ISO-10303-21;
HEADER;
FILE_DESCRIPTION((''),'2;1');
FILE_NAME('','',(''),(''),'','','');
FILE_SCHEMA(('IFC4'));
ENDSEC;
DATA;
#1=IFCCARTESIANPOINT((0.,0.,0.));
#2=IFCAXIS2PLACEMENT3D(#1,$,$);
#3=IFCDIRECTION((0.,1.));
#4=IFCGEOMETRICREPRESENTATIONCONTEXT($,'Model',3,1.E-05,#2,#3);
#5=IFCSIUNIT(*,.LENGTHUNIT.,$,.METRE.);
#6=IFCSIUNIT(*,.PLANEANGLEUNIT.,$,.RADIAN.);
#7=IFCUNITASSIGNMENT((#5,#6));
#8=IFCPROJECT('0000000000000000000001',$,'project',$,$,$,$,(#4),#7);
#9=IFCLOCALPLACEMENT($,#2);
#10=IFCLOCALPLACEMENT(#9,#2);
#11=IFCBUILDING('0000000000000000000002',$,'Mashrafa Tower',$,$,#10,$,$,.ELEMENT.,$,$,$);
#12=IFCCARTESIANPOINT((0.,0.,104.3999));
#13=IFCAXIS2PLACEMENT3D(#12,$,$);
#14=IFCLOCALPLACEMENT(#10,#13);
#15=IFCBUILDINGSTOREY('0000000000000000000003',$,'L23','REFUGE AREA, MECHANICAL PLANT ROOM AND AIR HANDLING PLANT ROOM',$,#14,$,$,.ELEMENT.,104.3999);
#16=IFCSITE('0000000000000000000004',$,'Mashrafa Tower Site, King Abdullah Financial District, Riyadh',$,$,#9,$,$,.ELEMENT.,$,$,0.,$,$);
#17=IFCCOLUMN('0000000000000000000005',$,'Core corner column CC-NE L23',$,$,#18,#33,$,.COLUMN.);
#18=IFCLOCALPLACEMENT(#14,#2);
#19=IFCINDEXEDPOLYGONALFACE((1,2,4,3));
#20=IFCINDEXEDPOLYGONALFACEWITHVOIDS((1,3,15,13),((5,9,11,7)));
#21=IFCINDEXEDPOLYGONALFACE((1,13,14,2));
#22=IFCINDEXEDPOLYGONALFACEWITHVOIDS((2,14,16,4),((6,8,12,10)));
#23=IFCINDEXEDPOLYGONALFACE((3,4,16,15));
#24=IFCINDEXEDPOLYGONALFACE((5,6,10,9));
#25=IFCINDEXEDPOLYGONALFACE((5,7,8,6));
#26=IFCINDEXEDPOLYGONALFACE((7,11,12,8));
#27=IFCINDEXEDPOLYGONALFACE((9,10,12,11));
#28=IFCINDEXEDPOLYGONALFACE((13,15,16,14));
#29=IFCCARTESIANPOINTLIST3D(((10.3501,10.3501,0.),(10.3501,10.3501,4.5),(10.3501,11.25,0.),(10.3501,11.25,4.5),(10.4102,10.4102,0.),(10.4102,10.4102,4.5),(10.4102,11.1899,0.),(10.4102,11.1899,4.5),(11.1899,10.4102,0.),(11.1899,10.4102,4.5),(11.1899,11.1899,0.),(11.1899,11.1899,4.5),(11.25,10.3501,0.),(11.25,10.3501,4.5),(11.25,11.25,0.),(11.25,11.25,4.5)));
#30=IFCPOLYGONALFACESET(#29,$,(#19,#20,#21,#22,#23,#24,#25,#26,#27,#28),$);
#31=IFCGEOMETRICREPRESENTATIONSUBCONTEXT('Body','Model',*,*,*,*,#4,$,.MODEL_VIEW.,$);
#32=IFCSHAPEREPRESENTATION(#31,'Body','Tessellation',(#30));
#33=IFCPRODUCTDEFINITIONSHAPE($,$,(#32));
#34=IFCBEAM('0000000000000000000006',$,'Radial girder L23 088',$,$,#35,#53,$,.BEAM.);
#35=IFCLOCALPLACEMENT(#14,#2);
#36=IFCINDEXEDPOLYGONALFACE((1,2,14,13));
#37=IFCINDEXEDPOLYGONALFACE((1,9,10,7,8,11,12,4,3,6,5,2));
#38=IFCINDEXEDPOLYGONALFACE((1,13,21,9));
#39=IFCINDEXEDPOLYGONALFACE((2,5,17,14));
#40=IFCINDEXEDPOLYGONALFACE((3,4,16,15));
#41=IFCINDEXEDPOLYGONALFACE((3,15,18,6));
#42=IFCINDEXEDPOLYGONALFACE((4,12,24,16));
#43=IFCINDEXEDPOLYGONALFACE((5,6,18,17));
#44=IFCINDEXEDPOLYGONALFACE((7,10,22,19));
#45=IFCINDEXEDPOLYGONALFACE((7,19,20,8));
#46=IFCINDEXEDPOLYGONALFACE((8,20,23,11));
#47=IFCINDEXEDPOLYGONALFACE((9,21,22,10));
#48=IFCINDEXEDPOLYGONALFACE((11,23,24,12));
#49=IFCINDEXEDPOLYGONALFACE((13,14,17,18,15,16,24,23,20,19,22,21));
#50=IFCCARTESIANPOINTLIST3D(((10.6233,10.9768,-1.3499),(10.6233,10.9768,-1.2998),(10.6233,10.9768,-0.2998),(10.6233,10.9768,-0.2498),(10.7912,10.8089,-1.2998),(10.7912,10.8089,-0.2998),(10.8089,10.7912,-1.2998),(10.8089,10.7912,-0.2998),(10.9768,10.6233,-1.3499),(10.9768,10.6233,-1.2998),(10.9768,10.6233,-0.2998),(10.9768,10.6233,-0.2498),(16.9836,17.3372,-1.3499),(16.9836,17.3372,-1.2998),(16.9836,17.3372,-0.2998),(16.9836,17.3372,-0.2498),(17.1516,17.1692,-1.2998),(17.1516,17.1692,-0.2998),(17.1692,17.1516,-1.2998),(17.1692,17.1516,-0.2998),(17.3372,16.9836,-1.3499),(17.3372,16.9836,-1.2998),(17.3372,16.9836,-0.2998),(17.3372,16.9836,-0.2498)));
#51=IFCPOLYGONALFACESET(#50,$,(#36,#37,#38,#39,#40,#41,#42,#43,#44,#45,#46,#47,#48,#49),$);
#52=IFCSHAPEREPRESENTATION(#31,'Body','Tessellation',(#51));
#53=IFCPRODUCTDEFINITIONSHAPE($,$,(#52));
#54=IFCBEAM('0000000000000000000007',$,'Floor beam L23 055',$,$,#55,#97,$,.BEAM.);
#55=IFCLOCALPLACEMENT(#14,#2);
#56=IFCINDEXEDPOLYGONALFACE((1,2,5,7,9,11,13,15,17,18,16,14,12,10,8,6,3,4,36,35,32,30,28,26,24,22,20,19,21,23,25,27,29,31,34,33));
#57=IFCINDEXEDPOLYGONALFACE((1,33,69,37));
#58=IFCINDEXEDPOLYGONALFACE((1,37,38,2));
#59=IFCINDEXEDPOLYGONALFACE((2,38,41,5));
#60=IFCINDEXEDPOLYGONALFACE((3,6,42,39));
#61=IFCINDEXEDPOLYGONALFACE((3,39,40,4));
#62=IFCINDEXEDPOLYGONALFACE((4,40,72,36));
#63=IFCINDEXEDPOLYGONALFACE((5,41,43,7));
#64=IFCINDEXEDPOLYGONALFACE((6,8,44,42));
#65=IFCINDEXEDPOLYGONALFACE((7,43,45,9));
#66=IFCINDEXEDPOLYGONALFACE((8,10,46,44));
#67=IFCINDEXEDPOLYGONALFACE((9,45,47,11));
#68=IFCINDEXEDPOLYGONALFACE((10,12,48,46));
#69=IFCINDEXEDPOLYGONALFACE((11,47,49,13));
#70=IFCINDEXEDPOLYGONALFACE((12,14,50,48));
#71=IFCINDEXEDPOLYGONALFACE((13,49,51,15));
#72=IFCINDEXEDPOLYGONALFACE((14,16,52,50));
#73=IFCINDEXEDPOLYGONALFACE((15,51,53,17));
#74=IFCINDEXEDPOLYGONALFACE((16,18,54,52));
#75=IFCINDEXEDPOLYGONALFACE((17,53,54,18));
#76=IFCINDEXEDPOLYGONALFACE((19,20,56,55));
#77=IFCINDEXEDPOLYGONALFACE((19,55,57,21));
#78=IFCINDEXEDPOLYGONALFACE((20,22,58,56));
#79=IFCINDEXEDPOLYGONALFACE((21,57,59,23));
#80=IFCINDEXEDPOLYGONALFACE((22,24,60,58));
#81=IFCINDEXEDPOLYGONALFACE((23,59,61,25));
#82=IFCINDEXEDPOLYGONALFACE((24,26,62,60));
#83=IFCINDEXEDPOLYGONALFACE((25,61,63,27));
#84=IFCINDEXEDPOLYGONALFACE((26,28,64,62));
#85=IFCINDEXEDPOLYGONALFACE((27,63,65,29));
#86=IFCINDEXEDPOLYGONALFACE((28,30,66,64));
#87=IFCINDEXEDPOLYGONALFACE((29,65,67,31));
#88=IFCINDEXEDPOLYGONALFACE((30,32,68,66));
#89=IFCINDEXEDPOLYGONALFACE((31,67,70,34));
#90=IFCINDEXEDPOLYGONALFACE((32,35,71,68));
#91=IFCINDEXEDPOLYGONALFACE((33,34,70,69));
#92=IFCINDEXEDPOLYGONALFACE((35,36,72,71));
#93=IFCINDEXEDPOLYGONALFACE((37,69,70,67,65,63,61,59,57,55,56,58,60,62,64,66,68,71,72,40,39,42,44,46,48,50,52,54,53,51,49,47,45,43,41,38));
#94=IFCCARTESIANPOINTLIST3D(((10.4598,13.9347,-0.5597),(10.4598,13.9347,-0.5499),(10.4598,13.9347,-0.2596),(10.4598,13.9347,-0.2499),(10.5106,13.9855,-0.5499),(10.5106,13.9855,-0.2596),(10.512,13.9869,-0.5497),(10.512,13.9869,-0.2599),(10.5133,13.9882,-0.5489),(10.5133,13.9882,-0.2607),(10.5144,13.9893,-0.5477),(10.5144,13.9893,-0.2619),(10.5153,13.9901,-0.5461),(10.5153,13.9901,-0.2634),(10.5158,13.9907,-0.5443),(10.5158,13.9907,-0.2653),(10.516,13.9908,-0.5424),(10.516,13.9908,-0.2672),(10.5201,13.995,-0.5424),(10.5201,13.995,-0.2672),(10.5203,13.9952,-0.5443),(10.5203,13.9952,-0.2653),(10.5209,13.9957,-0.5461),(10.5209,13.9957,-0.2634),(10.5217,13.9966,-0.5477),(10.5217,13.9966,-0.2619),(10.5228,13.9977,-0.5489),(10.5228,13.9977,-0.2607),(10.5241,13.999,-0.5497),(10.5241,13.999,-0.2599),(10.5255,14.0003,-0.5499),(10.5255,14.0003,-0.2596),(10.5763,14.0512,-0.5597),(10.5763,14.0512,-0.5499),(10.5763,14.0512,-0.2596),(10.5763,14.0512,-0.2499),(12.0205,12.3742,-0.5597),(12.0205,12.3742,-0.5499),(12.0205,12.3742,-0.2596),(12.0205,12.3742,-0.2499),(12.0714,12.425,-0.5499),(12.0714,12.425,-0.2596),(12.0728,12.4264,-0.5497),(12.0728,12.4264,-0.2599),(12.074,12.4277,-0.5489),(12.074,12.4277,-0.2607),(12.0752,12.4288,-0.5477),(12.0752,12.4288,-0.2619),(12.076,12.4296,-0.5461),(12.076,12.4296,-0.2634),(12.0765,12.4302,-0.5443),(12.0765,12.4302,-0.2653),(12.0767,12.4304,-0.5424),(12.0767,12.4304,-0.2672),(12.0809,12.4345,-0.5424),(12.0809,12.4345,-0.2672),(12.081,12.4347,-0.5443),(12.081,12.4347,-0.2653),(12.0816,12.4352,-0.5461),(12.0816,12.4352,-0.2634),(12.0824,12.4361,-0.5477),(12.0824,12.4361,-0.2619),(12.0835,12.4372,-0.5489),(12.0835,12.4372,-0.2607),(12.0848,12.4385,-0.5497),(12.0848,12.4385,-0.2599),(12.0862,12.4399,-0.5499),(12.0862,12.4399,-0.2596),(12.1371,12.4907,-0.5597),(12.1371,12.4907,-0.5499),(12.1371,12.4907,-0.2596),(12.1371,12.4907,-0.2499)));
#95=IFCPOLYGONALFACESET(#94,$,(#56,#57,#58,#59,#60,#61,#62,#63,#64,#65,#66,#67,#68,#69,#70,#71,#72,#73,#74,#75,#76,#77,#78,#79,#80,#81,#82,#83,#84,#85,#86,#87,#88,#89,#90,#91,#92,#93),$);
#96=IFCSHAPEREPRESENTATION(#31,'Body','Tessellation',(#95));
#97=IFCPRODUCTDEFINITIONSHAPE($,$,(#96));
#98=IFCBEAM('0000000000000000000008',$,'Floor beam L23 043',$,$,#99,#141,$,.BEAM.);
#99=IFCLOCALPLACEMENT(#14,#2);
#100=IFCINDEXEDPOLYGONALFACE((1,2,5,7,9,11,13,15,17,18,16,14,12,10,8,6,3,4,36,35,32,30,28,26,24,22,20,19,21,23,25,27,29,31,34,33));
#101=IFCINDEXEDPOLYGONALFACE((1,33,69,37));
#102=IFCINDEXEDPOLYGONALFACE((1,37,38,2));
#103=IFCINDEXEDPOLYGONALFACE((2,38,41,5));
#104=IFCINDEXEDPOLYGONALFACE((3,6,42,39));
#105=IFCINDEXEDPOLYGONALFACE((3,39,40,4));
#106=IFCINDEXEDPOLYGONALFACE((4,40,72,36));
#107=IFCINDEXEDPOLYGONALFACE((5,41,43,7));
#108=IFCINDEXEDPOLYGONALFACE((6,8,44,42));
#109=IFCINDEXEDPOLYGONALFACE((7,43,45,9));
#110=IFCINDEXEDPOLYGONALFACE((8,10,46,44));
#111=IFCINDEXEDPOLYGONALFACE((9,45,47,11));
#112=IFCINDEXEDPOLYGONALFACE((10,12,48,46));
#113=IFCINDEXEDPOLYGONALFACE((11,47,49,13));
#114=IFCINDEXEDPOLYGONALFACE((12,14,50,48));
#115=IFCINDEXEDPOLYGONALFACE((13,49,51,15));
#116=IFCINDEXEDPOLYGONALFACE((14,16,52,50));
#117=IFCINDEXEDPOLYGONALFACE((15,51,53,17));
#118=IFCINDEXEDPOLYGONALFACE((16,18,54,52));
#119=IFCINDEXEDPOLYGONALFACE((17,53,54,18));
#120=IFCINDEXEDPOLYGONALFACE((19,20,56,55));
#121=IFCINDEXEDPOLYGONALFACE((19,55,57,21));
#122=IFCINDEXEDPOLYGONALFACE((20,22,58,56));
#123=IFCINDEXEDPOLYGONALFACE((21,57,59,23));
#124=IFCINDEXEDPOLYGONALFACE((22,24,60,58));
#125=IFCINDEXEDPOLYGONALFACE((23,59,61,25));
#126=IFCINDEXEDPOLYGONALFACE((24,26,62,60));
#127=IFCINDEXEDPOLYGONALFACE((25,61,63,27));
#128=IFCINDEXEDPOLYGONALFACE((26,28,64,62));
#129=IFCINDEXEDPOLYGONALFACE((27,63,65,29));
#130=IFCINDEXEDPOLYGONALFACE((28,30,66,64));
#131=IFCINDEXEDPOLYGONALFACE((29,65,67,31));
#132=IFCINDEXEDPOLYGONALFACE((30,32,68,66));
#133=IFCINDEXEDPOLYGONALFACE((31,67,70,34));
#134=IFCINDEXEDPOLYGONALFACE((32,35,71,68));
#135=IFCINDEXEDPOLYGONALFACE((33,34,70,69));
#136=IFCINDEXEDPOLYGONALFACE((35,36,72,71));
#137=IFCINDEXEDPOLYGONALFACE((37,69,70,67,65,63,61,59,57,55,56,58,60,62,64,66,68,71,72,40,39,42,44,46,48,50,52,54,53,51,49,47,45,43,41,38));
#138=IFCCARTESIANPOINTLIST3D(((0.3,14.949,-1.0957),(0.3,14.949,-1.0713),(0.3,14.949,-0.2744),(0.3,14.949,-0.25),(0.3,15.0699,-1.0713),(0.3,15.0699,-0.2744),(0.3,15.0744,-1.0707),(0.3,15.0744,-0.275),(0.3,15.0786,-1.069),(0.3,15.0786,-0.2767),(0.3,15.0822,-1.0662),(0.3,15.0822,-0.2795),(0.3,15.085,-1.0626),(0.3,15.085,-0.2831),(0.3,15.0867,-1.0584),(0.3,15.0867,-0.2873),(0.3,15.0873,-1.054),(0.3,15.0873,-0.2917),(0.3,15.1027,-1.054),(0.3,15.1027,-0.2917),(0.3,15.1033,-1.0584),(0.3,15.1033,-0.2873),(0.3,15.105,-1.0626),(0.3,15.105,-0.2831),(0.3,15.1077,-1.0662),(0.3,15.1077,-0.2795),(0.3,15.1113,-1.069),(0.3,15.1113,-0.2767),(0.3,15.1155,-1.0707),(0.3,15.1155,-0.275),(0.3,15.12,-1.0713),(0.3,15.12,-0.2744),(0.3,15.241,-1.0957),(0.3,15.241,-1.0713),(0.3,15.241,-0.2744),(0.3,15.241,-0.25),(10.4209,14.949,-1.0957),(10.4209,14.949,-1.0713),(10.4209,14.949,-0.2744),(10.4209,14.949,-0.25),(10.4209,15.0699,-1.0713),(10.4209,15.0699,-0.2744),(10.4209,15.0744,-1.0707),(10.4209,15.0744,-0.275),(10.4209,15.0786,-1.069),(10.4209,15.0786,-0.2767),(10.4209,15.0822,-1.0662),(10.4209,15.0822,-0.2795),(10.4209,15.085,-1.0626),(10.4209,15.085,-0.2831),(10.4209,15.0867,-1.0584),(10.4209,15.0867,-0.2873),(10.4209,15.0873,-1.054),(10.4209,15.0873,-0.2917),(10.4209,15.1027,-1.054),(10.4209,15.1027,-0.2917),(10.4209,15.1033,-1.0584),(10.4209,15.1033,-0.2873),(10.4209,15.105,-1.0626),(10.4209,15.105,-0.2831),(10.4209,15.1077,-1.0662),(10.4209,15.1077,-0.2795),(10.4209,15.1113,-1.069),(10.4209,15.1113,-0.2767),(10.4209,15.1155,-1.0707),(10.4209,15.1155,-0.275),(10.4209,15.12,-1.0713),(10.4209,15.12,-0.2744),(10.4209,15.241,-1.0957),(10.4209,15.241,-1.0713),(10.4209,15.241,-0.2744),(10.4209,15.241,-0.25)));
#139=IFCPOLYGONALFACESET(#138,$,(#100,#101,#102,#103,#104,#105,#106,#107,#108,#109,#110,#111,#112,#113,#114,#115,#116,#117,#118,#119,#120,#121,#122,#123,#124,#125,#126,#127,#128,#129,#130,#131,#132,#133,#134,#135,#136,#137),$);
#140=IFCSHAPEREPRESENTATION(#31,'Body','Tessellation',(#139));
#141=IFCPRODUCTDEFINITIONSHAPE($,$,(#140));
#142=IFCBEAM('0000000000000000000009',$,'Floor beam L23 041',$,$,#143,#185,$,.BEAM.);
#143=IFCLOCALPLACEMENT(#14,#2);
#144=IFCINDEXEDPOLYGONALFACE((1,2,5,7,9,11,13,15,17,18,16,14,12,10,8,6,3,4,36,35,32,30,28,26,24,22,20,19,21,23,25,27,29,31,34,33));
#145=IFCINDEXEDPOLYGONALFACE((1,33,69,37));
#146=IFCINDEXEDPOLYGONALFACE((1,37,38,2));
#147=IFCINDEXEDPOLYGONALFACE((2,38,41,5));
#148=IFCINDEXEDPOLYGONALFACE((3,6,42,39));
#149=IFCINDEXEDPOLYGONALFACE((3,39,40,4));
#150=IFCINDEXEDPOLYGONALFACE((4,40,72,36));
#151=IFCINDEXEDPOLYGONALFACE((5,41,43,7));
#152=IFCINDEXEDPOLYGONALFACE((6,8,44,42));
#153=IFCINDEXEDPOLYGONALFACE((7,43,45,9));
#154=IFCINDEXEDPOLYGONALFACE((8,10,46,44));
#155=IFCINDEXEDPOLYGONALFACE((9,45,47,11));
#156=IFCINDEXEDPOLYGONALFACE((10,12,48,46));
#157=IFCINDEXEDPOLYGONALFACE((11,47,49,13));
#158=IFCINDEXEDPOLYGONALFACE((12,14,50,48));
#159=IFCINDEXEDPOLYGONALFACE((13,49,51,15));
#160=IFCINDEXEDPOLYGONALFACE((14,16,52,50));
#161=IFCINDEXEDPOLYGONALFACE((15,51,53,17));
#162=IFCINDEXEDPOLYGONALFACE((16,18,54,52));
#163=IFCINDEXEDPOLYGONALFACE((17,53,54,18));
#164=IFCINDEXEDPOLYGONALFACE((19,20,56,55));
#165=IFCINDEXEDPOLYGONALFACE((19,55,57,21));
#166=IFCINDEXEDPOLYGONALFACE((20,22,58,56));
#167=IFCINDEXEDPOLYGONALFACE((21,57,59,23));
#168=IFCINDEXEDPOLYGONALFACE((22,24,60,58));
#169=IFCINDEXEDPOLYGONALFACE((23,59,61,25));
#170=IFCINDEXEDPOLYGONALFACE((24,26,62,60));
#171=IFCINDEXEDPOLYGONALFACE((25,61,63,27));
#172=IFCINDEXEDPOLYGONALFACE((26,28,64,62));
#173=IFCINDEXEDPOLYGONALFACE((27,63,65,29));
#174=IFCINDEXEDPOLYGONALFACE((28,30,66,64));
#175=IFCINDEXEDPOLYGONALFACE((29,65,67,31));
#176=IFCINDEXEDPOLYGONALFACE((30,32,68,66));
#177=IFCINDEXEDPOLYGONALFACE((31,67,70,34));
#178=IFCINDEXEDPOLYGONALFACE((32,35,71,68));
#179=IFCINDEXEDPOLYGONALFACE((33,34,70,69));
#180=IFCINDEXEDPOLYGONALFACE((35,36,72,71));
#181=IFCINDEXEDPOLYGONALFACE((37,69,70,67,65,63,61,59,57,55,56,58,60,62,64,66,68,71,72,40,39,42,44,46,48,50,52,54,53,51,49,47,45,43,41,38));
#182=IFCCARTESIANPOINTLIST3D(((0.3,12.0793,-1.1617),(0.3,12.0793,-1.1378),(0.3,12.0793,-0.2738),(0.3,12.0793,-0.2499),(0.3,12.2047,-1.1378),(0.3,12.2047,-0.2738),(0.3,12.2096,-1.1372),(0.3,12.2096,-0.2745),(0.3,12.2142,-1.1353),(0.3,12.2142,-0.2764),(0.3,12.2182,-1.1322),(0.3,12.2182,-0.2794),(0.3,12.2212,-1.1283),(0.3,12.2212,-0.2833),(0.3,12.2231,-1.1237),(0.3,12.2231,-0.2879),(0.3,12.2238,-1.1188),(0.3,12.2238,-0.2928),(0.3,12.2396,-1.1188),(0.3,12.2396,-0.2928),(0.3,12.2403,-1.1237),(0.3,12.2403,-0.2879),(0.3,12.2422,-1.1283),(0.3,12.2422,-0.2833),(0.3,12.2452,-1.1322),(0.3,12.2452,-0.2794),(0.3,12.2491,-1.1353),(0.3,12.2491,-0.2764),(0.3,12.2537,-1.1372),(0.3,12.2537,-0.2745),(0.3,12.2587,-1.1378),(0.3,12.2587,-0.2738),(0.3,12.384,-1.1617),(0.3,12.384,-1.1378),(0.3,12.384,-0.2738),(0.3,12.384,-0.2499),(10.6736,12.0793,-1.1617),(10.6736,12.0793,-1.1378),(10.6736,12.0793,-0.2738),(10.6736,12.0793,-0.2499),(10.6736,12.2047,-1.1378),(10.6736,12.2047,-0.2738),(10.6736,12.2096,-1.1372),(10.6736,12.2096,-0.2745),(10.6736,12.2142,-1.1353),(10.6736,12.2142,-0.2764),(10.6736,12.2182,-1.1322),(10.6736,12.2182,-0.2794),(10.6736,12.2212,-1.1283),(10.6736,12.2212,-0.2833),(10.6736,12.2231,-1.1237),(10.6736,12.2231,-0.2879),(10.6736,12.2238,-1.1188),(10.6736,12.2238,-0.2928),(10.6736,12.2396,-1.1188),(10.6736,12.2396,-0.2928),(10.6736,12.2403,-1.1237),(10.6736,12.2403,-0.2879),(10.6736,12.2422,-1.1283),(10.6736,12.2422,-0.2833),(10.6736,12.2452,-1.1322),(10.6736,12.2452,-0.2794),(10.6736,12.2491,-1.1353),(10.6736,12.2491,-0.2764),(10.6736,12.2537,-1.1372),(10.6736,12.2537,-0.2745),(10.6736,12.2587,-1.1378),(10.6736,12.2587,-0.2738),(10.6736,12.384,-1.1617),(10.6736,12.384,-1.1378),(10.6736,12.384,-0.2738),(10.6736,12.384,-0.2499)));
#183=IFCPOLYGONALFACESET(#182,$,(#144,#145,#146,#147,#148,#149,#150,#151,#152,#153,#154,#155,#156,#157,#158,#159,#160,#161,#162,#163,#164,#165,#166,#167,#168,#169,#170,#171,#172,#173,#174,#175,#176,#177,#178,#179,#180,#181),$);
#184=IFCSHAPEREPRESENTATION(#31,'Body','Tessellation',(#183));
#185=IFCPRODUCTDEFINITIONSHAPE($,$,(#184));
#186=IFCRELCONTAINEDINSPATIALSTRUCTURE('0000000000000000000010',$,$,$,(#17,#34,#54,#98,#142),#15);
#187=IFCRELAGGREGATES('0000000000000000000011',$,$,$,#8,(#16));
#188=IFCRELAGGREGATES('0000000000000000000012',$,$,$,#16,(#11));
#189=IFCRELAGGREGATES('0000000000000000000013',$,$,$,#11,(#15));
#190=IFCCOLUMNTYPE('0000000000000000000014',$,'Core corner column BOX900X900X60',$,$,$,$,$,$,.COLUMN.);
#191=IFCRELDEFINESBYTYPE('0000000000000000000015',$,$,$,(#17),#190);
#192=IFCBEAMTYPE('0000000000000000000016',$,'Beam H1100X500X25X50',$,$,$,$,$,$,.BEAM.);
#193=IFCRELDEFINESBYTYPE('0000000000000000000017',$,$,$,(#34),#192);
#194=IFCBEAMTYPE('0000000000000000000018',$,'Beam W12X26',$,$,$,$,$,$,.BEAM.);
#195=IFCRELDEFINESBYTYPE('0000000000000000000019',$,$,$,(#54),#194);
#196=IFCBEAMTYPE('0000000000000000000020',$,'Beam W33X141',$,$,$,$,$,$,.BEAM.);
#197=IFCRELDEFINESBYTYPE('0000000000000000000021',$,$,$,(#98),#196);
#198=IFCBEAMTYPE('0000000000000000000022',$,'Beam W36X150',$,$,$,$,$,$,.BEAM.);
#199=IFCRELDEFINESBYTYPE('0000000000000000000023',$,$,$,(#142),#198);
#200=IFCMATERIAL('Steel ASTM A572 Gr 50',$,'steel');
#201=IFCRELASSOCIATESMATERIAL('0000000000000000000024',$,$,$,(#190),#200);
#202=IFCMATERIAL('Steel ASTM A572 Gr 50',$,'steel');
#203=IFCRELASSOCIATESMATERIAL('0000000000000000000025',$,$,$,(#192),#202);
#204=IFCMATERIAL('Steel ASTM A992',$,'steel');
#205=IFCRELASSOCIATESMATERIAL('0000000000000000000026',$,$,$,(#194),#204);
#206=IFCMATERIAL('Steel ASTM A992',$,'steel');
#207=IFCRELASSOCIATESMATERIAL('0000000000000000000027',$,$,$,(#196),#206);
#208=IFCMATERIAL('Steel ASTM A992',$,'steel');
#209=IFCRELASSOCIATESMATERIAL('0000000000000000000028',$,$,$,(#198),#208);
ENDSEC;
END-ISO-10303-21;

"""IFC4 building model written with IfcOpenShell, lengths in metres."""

from ifc_helpers import new_model, si_unit, direction, frame, origin, origin_2d, place, context, subcontext, project, spatial, hollow_rectangle, i_section, extrude, material, material_profile, profile_set, type_object, element, save


model = new_model("IFC4")

# Units and contexts
model_context = context("Model", 3, precision=1e-05, world=origin(), true_north=direction((0.0, 1.0)))
body_context = subcontext(model_context, "Body", "Model", "MODEL_VIEW")
ifc_project = project(units=[si_unit("LENGTHUNIT", "METRE"), si_unit("PLANEANGLEUNIT", "RADIAN")], contexts=[model_context])

# Site, building, storey
site_placement = place(None, origin())
site = spatial("IfcSite", under=ifc_project, at=site_placement, Name="Mashrafa Tower Site, King Abdullah Financial District, Riyadh", CompositionType="ELEMENT", RefElevation=0.0)
building_placement = place(site_placement, origin())
building = spatial("IfcBuilding", under=site, at=building_placement, Name="Mashrafa Tower", CompositionType="ELEMENT")
storey_placement = place(building_placement, frame((0.0, 0.0, 104.3999)))
storey = spatial("IfcBuildingStorey", under=building, at=storey_placement, Name="L23", Description="REFUGE AREA, MECHANICAL PLANT ROOM AND AIR HANDLING PLANT ROOM", CompositionType="ELEMENT", Elevation=104.3999)

# Column
ifc_material_1 = material(Name="Steel ASTM A572 Gr 50", Category="steel")
ifc_material_profile_1 = material_profile(ifc_material_1, hollow_rectangle(XDim=0.8999, YDim=0.8999, WallThickness=0.0601, at=origin_2d()), Name="BOX900X900X60")
ifc_profile_set_1 = profile_set([ifc_material_profile_1], Name="Steel ASTM A572 Gr 50")
column_type = type_object("IfcColumnType", Name="Core corner column BOX900X900X60", PredefinedType="COLUMN", material=ifc_profile_set_1)
column_placement = place(storey_placement, frame((10.8, 10.8, 0.0), z_axis=(0.0, 0.0, 1.0), x_axis=(1.0, 0.0, 0.0)))
element("IfcColumn", 1, at=column_placement, inside=storey, type_object=column_type, Name="Core corner column CC-NE L23", PredefinedType="COLUMN", context=body_context, shape_type="SweptSolid", body=[
    extrude(hollow_rectangle(XDim=0.8999, YDim=0.8999, WallThickness=0.0601, at=origin_2d()), origin(), (0.0, 0.0, 1.0), 4.5),
])

# Beams
ifc_material_2 = material(Name="Steel ASTM A572 Gr 50", Category="steel")
ifc_material_profile_2 = material_profile(ifc_material_2, i_section(OverallWidth=0.5, OverallDepth=1.1001, WebThickness=0.0249, FlangeThickness=0.05, at=origin_2d()), Name="H1100X500X25X50")
ifc_profile_set_2 = profile_set([ifc_material_profile_2], Name="Steel ASTM A572 Gr 50")
beam_type_1 = type_object("IfcBeamType", Name="Beam H1100X500X25X50", PredefinedType="BEAM", material=ifc_profile_set_2)
beam_1_placement = place(storey_placement, frame((10.8, 10.8, -0.7998), z_axis=(0.707107, 0.707107, 0.0), x_axis=(-0.707107, 0.707107, 0.0)))
element("IfcBeam", 2, at=beam_1_placement, inside=storey, type_object=beam_type_1, Name="Radial girder L23 088", PredefinedType="BEAM", context=body_context, shape_type="SweptSolid", body=[
    extrude(i_section(OverallWidth=0.5, OverallDepth=1.1001, WebThickness=0.0249, FlangeThickness=0.05, at=origin_2d()), origin(), (0.0, 0.0, 1.0), 8.9949),
])
ifc_material_3 = material(Name="Steel ASTM A992", Category="steel")
ifc_material_profile_3 = material_profile(ifc_material_3, i_section(OverallWidth=0.1648, OverallDepth=0.3098, WebThickness=0.0059, FlangeThickness=0.0098, FilletRadius=0.0076, at=origin_2d()), Name="W12X26")
ifc_profile_set_3 = profile_set([ifc_material_profile_3], Name="Steel ASTM A992")
beam_type_2 = type_object("IfcBeamType", Name="Beam W12X26", PredefinedType="BEAM", material=ifc_profile_set_3)
beam_2_placement = place(storey_placement, frame((10.5181, 13.9929, -0.4048), z_axis=(0.707162, -0.707051, 0.0), x_axis=(0.707051, 0.707162, 0.0)))
element("IfcBeam", 3, at=beam_2_placement, inside=storey, type_object=beam_type_2, Name="Floor beam L23 055", PredefinedType="BEAM", context=body_context, shape_type="SweptSolid", body=[
    extrude(i_section(OverallWidth=0.1648, OverallDepth=0.3098, WebThickness=0.0059, FlangeThickness=0.0098, FilletRadius=0.0076, at=origin_2d()), origin(), (0.0, 0.0, 1.0), 2.207),
])
ifc_material_4 = material(Name="Steel ASTM A992", Category="steel")
ifc_material_profile_4 = material_profile(ifc_material_4, i_section(OverallWidth=0.292, OverallDepth=0.8457, WebThickness=0.0154, FlangeThickness=0.0244, FilletRadius=0.0173, at=origin_2d()), Name="W33X141")
ifc_profile_set_4 = profile_set([ifc_material_profile_4], Name="Steel ASTM A992")
beam_type_3 = type_object("IfcBeamType", Name="Beam W33X141", PredefinedType="BEAM", material=ifc_profile_set_4)
beam_3_placement = place(storey_placement, frame((0.3, 15.095, -0.6729), z_axis=(1.0, 0.0, 0.0), x_axis=(0.0, 1.0, 0.0)))
element("IfcBeam", 4, at=beam_3_placement, inside=storey, type_object=beam_type_3, Name="Floor beam L23 043", PredefinedType="BEAM", context=body_context, shape_type="SweptSolid", body=[
    extrude(i_section(OverallWidth=0.292, OverallDepth=0.8457, WebThickness=0.0154, FlangeThickness=0.0244, FilletRadius=0.0173, at=origin_2d()), origin(), (0.0, 0.0, 1.0), 10.1208),
])
ifc_material_5 = material(Name="Steel ASTM A992", Category="steel")
ifc_material_profile_5 = material_profile(ifc_material_5, i_section(OverallWidth=0.3047, OverallDepth=0.9119, WebThickness=0.0159, FlangeThickness=0.0239, FilletRadius=0.019, at=origin_2d()), Name="W36X150")
ifc_profile_set_5 = profile_set([ifc_material_profile_5], Name="Steel ASTM A992")
beam_type_4 = type_object("IfcBeamType", Name="Beam W36X150", PredefinedType="BEAM", material=ifc_profile_set_5)
beam_4_placement = place(storey_placement, frame((0.3, 12.2317, -0.7058), z_axis=(1.0, 0.0, 0.0), x_axis=(0.0, 1.0, 0.0)))
element("IfcBeam", 5, at=beam_4_placement, inside=storey, type_object=beam_type_4, Name="Floor beam L23 041", PredefinedType="BEAM", context=body_context, shape_type="SweptSolid", body=[
    extrude(i_section(OverallWidth=0.3047, OverallDepth=0.9119, WebThickness=0.0159, FlangeThickness=0.0239, FilletRadius=0.019, at=origin_2d()), origin(), (0.0, 0.0, 1.0), 10.3735),
])

save(model, "model.ifc")
